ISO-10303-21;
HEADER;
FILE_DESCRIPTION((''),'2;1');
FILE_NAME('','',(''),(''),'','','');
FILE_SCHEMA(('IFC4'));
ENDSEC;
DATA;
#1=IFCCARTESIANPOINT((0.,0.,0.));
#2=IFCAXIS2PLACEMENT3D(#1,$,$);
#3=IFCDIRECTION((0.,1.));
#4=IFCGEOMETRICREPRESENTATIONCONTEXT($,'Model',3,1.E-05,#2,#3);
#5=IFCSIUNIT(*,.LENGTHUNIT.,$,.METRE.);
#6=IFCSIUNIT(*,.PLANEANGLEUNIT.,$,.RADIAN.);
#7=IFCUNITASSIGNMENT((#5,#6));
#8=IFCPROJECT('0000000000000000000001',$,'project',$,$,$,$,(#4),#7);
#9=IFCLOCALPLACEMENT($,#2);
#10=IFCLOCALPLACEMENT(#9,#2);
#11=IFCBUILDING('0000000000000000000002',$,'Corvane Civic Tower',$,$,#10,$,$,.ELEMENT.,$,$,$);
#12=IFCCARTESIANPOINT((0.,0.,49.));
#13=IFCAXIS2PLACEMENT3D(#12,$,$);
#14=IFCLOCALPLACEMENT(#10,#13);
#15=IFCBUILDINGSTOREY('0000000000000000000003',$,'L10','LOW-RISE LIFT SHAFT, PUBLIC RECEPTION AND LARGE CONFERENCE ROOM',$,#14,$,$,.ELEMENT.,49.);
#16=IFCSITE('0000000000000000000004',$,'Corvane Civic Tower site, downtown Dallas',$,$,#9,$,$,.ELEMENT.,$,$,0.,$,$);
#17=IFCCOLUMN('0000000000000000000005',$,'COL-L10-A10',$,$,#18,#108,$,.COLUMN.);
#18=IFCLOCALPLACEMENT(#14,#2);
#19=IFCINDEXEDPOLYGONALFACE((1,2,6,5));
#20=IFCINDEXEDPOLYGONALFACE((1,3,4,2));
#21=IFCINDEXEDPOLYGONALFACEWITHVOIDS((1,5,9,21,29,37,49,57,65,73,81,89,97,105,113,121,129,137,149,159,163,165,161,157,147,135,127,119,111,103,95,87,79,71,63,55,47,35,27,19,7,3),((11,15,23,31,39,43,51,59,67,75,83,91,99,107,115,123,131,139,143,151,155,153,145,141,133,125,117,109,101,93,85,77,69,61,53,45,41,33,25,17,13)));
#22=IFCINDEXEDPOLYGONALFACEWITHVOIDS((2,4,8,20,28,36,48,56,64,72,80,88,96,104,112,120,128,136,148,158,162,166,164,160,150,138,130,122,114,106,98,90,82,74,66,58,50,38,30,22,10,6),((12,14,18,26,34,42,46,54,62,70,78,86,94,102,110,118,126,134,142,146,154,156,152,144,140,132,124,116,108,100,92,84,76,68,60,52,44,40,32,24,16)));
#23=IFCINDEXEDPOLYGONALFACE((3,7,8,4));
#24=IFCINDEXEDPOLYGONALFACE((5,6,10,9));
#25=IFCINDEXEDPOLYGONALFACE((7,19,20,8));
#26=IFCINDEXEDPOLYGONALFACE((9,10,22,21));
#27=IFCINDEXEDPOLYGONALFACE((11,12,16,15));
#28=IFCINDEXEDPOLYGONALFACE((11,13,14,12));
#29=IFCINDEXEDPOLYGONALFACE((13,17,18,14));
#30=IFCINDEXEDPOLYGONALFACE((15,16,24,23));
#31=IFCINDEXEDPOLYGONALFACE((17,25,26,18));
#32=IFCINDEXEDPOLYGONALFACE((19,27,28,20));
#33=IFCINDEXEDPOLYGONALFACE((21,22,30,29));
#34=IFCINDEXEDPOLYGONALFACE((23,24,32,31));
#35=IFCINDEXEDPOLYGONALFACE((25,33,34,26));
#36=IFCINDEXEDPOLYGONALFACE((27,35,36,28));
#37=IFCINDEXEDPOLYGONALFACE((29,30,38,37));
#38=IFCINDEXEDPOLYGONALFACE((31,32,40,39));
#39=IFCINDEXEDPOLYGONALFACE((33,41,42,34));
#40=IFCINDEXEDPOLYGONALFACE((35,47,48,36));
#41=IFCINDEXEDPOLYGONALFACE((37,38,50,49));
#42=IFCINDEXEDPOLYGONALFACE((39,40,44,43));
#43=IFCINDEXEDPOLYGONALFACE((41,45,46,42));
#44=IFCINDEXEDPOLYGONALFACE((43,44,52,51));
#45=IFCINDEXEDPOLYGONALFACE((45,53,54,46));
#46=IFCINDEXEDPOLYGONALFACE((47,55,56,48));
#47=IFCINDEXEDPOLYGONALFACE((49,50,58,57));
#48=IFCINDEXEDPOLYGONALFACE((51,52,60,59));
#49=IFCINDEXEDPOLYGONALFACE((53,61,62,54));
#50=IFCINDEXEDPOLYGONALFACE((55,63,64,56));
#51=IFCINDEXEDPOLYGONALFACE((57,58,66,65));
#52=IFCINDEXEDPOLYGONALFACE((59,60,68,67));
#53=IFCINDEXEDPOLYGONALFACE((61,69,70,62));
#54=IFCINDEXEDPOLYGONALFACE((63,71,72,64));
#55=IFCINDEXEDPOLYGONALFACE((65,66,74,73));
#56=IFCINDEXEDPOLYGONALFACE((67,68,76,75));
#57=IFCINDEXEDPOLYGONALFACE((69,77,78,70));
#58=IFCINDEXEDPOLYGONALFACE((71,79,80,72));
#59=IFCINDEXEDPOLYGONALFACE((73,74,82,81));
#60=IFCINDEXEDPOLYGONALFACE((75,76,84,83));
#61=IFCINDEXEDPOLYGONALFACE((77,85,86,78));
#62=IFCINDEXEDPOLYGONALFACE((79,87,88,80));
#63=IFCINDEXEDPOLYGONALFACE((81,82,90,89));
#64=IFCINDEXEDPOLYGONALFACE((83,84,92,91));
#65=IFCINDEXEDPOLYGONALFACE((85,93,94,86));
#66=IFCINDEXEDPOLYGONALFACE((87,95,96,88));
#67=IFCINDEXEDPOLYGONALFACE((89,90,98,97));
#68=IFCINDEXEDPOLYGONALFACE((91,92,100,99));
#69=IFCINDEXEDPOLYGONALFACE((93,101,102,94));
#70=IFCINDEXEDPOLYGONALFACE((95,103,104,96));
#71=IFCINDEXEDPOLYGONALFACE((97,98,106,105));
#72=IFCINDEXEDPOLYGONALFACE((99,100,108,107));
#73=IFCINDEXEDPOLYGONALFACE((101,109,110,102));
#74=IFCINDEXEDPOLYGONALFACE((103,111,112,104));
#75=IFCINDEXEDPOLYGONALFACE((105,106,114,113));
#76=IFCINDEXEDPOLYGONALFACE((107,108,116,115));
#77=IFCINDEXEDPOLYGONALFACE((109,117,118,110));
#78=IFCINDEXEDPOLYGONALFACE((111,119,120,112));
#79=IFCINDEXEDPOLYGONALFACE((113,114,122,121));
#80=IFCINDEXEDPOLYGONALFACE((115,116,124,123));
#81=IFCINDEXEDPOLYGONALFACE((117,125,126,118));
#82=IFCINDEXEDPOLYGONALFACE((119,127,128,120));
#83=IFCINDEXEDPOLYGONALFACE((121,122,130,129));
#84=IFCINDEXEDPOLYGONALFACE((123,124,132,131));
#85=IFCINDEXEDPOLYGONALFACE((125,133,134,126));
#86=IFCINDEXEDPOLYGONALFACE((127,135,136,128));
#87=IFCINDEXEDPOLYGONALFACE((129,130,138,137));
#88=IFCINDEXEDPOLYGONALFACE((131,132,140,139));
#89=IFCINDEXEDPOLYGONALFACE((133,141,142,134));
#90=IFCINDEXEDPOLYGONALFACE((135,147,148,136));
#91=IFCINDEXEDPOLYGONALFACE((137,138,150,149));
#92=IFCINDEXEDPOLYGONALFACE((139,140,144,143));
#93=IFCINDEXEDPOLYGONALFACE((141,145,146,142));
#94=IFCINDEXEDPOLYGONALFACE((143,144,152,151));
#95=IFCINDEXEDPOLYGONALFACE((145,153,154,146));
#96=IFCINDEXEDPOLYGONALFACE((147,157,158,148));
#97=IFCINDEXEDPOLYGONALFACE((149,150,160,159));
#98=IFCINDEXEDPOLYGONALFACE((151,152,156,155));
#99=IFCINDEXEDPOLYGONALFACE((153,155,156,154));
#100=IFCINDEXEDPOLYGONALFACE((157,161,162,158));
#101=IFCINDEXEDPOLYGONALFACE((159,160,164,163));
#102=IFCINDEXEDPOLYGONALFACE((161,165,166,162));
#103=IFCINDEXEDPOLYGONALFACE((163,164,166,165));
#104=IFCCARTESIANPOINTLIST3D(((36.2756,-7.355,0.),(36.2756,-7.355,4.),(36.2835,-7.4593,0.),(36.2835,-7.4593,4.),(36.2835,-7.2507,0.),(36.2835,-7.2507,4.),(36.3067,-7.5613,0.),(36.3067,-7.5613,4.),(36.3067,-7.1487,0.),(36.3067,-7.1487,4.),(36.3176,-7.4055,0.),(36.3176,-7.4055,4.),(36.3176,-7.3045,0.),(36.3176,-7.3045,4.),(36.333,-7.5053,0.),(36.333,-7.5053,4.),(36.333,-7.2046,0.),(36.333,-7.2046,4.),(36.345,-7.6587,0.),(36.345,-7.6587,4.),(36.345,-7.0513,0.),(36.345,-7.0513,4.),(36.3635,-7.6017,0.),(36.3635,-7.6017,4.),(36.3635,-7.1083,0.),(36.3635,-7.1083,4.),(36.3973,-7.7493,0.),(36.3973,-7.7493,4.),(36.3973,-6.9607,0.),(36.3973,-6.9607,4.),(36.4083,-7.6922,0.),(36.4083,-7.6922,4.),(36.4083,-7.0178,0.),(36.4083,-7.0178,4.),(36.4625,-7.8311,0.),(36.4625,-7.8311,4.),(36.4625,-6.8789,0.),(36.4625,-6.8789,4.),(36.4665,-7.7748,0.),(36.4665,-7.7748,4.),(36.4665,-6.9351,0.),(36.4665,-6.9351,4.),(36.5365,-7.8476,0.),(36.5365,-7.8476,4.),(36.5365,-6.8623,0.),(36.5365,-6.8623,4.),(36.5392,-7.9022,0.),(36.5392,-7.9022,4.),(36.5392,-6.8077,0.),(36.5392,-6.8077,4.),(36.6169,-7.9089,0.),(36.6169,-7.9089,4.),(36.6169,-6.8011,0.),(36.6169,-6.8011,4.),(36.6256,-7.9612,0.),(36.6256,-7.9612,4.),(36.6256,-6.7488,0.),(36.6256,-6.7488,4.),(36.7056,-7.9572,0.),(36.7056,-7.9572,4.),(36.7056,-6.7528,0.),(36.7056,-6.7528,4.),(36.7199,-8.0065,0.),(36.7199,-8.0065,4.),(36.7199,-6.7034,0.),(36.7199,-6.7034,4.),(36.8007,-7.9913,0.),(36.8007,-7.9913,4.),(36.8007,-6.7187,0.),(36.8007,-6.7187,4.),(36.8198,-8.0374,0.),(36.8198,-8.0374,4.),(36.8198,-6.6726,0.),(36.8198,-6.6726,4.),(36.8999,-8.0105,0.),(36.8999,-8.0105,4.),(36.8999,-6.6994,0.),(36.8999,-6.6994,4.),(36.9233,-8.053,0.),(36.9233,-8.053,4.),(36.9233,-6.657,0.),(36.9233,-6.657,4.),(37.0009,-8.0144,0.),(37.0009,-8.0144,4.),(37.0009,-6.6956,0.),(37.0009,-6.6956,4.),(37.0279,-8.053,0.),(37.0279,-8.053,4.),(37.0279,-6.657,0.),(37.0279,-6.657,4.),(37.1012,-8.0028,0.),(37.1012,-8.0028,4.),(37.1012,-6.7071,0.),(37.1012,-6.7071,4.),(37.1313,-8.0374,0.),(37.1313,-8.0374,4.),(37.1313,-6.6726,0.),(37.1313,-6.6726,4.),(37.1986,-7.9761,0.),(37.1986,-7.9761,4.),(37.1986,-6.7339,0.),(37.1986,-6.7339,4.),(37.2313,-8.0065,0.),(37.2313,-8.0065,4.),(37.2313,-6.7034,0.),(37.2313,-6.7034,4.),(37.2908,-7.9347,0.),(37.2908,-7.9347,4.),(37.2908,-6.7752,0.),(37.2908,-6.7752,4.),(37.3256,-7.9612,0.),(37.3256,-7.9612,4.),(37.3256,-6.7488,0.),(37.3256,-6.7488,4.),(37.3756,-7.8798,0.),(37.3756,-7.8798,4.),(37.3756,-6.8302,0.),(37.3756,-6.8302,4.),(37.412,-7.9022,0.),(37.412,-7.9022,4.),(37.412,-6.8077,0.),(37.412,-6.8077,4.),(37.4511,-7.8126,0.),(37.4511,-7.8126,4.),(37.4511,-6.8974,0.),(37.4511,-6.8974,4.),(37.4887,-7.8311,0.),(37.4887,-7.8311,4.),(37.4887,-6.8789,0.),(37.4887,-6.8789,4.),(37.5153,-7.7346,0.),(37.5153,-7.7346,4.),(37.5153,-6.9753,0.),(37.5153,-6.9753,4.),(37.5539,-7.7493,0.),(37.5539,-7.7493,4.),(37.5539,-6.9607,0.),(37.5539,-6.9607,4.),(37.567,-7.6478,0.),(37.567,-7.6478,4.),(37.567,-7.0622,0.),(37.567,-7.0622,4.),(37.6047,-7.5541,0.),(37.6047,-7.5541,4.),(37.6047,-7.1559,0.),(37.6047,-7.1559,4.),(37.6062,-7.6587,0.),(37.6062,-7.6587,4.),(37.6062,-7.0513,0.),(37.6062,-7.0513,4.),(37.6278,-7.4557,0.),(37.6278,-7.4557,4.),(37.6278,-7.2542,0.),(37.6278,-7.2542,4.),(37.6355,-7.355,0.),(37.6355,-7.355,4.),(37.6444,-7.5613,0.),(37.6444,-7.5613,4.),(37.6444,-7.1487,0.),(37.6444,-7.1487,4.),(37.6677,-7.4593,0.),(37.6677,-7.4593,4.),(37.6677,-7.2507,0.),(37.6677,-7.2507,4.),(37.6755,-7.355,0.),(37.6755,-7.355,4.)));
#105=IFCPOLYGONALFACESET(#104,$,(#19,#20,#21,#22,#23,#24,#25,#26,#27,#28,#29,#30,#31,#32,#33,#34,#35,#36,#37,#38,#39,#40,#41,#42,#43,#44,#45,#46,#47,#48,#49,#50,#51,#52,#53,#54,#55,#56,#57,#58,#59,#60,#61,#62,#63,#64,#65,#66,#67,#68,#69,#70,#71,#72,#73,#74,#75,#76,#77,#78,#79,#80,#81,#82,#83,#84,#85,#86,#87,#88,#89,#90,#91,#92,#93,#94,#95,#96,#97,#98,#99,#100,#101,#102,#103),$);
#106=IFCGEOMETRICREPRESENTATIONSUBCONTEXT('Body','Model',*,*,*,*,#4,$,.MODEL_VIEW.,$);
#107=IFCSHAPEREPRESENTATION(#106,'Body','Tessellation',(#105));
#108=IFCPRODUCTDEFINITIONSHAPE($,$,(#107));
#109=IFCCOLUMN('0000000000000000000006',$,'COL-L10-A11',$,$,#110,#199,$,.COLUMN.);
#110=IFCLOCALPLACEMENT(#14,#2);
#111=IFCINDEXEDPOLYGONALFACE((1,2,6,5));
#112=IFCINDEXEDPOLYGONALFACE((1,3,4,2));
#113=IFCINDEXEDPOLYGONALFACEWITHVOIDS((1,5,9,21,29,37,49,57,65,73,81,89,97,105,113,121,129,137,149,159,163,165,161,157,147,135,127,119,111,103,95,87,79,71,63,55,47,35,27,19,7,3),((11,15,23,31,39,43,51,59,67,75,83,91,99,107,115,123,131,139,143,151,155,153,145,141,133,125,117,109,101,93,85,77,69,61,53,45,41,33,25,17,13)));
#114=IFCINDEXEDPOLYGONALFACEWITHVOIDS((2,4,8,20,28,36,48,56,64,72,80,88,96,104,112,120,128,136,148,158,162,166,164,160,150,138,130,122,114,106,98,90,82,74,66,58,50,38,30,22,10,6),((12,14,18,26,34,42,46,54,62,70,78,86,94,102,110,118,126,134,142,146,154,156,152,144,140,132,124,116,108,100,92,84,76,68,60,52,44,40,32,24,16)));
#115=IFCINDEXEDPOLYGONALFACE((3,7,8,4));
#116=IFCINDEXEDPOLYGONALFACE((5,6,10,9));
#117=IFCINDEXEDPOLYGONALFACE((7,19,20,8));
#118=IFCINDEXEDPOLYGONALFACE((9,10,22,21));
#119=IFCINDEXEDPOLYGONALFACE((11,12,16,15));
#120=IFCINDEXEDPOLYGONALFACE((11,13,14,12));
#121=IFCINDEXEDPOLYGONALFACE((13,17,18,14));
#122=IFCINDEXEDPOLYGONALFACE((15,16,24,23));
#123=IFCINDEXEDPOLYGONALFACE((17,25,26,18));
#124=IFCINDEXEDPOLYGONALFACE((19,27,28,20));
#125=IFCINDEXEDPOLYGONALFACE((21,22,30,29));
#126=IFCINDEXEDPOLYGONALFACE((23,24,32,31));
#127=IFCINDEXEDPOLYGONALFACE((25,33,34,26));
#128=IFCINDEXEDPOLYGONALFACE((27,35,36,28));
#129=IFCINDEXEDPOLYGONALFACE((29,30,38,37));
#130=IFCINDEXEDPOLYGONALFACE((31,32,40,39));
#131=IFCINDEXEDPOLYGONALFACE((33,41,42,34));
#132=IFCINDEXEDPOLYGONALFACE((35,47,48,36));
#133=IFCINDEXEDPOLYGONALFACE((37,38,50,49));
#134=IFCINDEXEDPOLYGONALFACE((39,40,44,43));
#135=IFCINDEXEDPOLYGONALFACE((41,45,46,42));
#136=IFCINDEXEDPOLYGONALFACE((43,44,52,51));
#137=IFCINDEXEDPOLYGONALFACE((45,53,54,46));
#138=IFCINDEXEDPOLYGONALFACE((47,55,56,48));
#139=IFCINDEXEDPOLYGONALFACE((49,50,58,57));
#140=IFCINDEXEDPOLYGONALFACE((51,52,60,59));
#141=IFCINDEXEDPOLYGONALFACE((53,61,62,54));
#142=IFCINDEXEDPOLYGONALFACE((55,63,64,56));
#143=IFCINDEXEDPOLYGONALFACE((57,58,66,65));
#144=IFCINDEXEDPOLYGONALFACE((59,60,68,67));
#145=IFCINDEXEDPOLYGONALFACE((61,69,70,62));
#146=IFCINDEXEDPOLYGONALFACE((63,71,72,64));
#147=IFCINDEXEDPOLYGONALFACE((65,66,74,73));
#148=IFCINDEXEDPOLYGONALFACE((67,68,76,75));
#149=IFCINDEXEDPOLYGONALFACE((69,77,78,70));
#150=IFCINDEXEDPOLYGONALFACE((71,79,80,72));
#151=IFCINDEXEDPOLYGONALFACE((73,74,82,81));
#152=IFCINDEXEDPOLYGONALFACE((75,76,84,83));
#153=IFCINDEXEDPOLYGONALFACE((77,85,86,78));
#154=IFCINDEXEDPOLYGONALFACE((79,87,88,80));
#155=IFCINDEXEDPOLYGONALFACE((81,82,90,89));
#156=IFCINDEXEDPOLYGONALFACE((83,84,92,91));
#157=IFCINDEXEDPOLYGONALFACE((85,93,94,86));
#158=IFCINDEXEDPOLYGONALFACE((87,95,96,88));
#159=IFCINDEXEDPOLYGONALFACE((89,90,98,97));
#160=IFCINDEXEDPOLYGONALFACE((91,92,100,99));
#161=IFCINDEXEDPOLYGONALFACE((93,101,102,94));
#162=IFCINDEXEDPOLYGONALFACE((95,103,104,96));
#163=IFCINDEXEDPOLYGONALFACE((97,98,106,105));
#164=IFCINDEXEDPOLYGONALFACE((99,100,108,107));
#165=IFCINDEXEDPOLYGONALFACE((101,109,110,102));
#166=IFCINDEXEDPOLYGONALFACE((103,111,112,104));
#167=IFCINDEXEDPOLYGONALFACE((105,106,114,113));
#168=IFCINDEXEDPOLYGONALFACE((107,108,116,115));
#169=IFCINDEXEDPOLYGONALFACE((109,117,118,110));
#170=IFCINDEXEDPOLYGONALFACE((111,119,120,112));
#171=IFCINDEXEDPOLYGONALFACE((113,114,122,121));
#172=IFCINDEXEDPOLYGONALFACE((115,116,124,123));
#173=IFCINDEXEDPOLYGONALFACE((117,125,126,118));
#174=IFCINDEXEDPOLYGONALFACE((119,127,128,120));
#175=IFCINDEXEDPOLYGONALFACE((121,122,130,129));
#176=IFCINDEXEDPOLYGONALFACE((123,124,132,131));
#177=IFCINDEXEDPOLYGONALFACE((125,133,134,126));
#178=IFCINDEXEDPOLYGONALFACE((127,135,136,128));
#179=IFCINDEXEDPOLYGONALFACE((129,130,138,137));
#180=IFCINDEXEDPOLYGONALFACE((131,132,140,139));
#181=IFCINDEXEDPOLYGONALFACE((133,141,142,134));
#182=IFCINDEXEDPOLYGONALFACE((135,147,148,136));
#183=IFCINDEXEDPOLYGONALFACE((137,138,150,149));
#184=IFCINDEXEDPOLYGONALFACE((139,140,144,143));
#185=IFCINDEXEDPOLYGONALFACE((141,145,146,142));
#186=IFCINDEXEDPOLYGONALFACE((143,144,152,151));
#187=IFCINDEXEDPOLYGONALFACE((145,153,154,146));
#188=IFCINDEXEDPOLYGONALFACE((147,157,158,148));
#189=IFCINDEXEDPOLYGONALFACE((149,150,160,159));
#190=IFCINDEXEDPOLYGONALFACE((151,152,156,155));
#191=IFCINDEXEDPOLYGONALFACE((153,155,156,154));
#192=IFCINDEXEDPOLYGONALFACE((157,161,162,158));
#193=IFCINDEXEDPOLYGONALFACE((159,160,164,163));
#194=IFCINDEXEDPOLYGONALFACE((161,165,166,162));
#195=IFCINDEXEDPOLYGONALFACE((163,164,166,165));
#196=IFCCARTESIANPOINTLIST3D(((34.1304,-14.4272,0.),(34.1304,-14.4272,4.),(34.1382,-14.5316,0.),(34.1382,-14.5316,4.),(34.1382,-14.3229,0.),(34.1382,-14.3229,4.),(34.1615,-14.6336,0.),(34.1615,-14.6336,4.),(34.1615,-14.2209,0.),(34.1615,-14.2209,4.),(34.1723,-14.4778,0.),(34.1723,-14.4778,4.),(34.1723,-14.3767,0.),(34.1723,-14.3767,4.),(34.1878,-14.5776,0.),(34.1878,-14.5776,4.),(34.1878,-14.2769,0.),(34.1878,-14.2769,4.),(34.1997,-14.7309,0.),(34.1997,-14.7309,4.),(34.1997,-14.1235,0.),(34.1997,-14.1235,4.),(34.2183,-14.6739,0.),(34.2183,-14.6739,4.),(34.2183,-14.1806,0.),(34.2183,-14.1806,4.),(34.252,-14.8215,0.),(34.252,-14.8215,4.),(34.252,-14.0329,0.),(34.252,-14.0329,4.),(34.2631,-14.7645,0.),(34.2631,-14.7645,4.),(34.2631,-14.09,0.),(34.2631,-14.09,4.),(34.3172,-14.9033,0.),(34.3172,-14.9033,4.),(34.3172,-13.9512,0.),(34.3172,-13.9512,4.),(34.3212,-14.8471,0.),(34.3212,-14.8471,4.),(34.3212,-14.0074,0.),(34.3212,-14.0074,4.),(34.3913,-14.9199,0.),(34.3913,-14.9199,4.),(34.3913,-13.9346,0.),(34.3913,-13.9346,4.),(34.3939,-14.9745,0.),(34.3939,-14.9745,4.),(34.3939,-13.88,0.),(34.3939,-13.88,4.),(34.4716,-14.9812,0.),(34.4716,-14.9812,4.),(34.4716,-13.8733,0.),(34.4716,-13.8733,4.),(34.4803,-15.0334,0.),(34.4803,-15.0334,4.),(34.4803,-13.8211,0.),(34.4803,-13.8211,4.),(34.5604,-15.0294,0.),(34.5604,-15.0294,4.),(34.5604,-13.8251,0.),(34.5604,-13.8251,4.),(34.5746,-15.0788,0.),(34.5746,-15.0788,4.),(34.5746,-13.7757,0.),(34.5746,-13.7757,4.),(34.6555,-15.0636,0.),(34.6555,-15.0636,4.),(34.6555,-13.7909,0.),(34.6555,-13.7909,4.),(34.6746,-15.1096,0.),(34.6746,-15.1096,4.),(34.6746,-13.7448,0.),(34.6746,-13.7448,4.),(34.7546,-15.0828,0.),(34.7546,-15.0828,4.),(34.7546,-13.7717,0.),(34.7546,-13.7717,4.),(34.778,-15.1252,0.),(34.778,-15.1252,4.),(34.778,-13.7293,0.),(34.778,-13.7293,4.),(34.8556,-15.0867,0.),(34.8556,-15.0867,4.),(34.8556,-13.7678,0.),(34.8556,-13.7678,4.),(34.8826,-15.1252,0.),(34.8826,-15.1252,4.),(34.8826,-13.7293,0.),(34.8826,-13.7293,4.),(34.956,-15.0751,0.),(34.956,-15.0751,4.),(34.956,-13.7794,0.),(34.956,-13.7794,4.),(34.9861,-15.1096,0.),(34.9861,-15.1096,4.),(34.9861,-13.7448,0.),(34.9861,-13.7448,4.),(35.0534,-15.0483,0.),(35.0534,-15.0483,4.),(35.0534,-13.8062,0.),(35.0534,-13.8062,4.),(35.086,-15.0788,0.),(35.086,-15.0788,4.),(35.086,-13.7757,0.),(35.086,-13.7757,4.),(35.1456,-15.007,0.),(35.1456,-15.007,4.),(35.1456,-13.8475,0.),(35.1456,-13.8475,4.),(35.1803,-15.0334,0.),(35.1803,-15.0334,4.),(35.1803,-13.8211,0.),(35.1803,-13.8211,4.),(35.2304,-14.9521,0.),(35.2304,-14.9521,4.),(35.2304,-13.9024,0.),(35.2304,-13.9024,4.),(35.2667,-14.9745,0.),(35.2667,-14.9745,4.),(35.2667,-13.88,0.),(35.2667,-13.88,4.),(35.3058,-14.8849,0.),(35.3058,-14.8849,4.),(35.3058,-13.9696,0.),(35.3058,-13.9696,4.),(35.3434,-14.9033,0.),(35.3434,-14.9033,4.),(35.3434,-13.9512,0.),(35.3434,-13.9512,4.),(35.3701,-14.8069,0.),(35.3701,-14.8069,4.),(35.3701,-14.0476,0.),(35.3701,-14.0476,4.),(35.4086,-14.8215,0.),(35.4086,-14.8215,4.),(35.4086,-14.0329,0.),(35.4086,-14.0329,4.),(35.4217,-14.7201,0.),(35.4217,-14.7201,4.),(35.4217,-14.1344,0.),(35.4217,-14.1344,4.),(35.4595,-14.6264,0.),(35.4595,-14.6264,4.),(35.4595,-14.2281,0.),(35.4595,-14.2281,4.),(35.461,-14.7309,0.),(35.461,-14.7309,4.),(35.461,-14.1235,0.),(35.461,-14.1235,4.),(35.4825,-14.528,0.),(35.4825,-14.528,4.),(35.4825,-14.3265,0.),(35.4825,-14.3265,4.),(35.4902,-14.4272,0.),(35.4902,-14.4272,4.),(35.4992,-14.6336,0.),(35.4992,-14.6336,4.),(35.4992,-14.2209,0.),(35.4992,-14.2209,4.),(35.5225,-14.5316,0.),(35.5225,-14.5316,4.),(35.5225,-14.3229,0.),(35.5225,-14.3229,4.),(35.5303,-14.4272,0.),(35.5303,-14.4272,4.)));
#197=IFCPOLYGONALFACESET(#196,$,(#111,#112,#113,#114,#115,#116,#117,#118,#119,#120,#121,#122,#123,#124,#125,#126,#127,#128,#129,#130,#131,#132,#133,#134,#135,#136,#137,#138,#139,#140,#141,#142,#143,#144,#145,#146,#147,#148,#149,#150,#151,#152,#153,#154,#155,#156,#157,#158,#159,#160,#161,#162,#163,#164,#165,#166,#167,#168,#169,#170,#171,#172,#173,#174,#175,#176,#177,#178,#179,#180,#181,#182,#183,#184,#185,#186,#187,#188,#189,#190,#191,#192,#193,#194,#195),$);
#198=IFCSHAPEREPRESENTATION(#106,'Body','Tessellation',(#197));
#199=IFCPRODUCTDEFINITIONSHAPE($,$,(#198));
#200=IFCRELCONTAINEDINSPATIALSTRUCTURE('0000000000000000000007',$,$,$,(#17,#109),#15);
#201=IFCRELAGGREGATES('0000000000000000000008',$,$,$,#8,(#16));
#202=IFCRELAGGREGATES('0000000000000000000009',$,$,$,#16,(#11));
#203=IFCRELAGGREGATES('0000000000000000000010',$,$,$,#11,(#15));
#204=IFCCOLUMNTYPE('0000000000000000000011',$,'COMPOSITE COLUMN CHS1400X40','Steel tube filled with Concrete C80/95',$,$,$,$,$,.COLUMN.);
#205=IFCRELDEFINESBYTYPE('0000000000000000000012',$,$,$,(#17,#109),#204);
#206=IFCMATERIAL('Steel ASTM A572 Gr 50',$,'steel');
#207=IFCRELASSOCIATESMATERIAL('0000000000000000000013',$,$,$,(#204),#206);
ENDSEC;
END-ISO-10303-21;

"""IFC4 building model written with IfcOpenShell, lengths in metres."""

from ifc_helpers import new_model, si_unit, direction, frame, origin, origin_2d, place, context, subcontext, project, spatial, hollow_circle, extrude, material, material_profile, profile_set, type_object, element, save


model = new_model("IFC4")

# Units and contexts
model_context = context("Model", 3, precision=1e-05, world=origin(), true_north=direction((0.0, 1.0)))
body_context = subcontext(model_context, "Body", "Model", "MODEL_VIEW")
ifc_project = project(units=[si_unit("LENGTHUNIT", "METRE"), si_unit("PLANEANGLEUNIT", "RADIAN")], contexts=[model_context])

# Site, building, storey
site_placement = place(None, origin())
site = spatial("IfcSite", under=ifc_project, at=site_placement, Name="Corvane Civic Tower site, downtown Dallas", CompositionType="ELEMENT", RefElevation=0.0)
building_placement = place(site_placement, origin())
building = spatial("IfcBuilding", under=site, at=building_placement, Name="Corvane Civic Tower", CompositionType="ELEMENT")
storey_placement = place(building_placement, frame((0.0, 0.0, 49.0)))
storey = spatial("IfcBuildingStorey", under=building, at=storey_placement, Name="L10", Description="LOW-RISE LIFT SHAFT, PUBLIC RECEPTION AND LARGE CONFERENCE ROOM", CompositionType="ELEMENT", Elevation=49.0)

# Columns
ifc_material_1 = material(Name="Steel ASTM A572 Gr 50", Category="steel")
ifc_material_profile_1 = material_profile(ifc_material_1, hollow_circle(Radius=0.7, WallThickness=0.04, at=origin_2d()), Name="CHS1400X40")
ifc_profile_set_1 = profile_set([ifc_material_profile_1], Name="Steel ASTM A572 Gr 50")
column_type = type_object("IfcColumnType", Name="COMPOSITE COLUMN CHS1400X40", Description="Steel tube filled with Concrete C80/95", PredefinedType="COLUMN", material=ifc_profile_set_1)
for number, where, z_axis, x_axis, name in (
    (1, (36.9756, -7.355, 0.0), (0.0, 0.0, 1.0), (1.0, 0.0, 0.0), "COL-L10-A10"),
    (2, (34.8303, -14.4272, 0.0), (0.0, 0.0, 1.0), (1.0, 0.0, 0.0), "COL-L10-A11"),
):
    element("IfcColumn", number, at=place(storey_placement, frame(where, z_axis=z_axis, x_axis=x_axis)), inside=storey, type_object=column_type, Name=name, PredefinedType="COLUMN", context=body_context, shape_type="SweptSolid", body=[
        extrude(hollow_circle(Radius=0.7, WallThickness=0.04, at=origin_2d()), origin(), (0.0, 0.0, 1.0), 4.0),
    ])

save(model, "model.ifc")
